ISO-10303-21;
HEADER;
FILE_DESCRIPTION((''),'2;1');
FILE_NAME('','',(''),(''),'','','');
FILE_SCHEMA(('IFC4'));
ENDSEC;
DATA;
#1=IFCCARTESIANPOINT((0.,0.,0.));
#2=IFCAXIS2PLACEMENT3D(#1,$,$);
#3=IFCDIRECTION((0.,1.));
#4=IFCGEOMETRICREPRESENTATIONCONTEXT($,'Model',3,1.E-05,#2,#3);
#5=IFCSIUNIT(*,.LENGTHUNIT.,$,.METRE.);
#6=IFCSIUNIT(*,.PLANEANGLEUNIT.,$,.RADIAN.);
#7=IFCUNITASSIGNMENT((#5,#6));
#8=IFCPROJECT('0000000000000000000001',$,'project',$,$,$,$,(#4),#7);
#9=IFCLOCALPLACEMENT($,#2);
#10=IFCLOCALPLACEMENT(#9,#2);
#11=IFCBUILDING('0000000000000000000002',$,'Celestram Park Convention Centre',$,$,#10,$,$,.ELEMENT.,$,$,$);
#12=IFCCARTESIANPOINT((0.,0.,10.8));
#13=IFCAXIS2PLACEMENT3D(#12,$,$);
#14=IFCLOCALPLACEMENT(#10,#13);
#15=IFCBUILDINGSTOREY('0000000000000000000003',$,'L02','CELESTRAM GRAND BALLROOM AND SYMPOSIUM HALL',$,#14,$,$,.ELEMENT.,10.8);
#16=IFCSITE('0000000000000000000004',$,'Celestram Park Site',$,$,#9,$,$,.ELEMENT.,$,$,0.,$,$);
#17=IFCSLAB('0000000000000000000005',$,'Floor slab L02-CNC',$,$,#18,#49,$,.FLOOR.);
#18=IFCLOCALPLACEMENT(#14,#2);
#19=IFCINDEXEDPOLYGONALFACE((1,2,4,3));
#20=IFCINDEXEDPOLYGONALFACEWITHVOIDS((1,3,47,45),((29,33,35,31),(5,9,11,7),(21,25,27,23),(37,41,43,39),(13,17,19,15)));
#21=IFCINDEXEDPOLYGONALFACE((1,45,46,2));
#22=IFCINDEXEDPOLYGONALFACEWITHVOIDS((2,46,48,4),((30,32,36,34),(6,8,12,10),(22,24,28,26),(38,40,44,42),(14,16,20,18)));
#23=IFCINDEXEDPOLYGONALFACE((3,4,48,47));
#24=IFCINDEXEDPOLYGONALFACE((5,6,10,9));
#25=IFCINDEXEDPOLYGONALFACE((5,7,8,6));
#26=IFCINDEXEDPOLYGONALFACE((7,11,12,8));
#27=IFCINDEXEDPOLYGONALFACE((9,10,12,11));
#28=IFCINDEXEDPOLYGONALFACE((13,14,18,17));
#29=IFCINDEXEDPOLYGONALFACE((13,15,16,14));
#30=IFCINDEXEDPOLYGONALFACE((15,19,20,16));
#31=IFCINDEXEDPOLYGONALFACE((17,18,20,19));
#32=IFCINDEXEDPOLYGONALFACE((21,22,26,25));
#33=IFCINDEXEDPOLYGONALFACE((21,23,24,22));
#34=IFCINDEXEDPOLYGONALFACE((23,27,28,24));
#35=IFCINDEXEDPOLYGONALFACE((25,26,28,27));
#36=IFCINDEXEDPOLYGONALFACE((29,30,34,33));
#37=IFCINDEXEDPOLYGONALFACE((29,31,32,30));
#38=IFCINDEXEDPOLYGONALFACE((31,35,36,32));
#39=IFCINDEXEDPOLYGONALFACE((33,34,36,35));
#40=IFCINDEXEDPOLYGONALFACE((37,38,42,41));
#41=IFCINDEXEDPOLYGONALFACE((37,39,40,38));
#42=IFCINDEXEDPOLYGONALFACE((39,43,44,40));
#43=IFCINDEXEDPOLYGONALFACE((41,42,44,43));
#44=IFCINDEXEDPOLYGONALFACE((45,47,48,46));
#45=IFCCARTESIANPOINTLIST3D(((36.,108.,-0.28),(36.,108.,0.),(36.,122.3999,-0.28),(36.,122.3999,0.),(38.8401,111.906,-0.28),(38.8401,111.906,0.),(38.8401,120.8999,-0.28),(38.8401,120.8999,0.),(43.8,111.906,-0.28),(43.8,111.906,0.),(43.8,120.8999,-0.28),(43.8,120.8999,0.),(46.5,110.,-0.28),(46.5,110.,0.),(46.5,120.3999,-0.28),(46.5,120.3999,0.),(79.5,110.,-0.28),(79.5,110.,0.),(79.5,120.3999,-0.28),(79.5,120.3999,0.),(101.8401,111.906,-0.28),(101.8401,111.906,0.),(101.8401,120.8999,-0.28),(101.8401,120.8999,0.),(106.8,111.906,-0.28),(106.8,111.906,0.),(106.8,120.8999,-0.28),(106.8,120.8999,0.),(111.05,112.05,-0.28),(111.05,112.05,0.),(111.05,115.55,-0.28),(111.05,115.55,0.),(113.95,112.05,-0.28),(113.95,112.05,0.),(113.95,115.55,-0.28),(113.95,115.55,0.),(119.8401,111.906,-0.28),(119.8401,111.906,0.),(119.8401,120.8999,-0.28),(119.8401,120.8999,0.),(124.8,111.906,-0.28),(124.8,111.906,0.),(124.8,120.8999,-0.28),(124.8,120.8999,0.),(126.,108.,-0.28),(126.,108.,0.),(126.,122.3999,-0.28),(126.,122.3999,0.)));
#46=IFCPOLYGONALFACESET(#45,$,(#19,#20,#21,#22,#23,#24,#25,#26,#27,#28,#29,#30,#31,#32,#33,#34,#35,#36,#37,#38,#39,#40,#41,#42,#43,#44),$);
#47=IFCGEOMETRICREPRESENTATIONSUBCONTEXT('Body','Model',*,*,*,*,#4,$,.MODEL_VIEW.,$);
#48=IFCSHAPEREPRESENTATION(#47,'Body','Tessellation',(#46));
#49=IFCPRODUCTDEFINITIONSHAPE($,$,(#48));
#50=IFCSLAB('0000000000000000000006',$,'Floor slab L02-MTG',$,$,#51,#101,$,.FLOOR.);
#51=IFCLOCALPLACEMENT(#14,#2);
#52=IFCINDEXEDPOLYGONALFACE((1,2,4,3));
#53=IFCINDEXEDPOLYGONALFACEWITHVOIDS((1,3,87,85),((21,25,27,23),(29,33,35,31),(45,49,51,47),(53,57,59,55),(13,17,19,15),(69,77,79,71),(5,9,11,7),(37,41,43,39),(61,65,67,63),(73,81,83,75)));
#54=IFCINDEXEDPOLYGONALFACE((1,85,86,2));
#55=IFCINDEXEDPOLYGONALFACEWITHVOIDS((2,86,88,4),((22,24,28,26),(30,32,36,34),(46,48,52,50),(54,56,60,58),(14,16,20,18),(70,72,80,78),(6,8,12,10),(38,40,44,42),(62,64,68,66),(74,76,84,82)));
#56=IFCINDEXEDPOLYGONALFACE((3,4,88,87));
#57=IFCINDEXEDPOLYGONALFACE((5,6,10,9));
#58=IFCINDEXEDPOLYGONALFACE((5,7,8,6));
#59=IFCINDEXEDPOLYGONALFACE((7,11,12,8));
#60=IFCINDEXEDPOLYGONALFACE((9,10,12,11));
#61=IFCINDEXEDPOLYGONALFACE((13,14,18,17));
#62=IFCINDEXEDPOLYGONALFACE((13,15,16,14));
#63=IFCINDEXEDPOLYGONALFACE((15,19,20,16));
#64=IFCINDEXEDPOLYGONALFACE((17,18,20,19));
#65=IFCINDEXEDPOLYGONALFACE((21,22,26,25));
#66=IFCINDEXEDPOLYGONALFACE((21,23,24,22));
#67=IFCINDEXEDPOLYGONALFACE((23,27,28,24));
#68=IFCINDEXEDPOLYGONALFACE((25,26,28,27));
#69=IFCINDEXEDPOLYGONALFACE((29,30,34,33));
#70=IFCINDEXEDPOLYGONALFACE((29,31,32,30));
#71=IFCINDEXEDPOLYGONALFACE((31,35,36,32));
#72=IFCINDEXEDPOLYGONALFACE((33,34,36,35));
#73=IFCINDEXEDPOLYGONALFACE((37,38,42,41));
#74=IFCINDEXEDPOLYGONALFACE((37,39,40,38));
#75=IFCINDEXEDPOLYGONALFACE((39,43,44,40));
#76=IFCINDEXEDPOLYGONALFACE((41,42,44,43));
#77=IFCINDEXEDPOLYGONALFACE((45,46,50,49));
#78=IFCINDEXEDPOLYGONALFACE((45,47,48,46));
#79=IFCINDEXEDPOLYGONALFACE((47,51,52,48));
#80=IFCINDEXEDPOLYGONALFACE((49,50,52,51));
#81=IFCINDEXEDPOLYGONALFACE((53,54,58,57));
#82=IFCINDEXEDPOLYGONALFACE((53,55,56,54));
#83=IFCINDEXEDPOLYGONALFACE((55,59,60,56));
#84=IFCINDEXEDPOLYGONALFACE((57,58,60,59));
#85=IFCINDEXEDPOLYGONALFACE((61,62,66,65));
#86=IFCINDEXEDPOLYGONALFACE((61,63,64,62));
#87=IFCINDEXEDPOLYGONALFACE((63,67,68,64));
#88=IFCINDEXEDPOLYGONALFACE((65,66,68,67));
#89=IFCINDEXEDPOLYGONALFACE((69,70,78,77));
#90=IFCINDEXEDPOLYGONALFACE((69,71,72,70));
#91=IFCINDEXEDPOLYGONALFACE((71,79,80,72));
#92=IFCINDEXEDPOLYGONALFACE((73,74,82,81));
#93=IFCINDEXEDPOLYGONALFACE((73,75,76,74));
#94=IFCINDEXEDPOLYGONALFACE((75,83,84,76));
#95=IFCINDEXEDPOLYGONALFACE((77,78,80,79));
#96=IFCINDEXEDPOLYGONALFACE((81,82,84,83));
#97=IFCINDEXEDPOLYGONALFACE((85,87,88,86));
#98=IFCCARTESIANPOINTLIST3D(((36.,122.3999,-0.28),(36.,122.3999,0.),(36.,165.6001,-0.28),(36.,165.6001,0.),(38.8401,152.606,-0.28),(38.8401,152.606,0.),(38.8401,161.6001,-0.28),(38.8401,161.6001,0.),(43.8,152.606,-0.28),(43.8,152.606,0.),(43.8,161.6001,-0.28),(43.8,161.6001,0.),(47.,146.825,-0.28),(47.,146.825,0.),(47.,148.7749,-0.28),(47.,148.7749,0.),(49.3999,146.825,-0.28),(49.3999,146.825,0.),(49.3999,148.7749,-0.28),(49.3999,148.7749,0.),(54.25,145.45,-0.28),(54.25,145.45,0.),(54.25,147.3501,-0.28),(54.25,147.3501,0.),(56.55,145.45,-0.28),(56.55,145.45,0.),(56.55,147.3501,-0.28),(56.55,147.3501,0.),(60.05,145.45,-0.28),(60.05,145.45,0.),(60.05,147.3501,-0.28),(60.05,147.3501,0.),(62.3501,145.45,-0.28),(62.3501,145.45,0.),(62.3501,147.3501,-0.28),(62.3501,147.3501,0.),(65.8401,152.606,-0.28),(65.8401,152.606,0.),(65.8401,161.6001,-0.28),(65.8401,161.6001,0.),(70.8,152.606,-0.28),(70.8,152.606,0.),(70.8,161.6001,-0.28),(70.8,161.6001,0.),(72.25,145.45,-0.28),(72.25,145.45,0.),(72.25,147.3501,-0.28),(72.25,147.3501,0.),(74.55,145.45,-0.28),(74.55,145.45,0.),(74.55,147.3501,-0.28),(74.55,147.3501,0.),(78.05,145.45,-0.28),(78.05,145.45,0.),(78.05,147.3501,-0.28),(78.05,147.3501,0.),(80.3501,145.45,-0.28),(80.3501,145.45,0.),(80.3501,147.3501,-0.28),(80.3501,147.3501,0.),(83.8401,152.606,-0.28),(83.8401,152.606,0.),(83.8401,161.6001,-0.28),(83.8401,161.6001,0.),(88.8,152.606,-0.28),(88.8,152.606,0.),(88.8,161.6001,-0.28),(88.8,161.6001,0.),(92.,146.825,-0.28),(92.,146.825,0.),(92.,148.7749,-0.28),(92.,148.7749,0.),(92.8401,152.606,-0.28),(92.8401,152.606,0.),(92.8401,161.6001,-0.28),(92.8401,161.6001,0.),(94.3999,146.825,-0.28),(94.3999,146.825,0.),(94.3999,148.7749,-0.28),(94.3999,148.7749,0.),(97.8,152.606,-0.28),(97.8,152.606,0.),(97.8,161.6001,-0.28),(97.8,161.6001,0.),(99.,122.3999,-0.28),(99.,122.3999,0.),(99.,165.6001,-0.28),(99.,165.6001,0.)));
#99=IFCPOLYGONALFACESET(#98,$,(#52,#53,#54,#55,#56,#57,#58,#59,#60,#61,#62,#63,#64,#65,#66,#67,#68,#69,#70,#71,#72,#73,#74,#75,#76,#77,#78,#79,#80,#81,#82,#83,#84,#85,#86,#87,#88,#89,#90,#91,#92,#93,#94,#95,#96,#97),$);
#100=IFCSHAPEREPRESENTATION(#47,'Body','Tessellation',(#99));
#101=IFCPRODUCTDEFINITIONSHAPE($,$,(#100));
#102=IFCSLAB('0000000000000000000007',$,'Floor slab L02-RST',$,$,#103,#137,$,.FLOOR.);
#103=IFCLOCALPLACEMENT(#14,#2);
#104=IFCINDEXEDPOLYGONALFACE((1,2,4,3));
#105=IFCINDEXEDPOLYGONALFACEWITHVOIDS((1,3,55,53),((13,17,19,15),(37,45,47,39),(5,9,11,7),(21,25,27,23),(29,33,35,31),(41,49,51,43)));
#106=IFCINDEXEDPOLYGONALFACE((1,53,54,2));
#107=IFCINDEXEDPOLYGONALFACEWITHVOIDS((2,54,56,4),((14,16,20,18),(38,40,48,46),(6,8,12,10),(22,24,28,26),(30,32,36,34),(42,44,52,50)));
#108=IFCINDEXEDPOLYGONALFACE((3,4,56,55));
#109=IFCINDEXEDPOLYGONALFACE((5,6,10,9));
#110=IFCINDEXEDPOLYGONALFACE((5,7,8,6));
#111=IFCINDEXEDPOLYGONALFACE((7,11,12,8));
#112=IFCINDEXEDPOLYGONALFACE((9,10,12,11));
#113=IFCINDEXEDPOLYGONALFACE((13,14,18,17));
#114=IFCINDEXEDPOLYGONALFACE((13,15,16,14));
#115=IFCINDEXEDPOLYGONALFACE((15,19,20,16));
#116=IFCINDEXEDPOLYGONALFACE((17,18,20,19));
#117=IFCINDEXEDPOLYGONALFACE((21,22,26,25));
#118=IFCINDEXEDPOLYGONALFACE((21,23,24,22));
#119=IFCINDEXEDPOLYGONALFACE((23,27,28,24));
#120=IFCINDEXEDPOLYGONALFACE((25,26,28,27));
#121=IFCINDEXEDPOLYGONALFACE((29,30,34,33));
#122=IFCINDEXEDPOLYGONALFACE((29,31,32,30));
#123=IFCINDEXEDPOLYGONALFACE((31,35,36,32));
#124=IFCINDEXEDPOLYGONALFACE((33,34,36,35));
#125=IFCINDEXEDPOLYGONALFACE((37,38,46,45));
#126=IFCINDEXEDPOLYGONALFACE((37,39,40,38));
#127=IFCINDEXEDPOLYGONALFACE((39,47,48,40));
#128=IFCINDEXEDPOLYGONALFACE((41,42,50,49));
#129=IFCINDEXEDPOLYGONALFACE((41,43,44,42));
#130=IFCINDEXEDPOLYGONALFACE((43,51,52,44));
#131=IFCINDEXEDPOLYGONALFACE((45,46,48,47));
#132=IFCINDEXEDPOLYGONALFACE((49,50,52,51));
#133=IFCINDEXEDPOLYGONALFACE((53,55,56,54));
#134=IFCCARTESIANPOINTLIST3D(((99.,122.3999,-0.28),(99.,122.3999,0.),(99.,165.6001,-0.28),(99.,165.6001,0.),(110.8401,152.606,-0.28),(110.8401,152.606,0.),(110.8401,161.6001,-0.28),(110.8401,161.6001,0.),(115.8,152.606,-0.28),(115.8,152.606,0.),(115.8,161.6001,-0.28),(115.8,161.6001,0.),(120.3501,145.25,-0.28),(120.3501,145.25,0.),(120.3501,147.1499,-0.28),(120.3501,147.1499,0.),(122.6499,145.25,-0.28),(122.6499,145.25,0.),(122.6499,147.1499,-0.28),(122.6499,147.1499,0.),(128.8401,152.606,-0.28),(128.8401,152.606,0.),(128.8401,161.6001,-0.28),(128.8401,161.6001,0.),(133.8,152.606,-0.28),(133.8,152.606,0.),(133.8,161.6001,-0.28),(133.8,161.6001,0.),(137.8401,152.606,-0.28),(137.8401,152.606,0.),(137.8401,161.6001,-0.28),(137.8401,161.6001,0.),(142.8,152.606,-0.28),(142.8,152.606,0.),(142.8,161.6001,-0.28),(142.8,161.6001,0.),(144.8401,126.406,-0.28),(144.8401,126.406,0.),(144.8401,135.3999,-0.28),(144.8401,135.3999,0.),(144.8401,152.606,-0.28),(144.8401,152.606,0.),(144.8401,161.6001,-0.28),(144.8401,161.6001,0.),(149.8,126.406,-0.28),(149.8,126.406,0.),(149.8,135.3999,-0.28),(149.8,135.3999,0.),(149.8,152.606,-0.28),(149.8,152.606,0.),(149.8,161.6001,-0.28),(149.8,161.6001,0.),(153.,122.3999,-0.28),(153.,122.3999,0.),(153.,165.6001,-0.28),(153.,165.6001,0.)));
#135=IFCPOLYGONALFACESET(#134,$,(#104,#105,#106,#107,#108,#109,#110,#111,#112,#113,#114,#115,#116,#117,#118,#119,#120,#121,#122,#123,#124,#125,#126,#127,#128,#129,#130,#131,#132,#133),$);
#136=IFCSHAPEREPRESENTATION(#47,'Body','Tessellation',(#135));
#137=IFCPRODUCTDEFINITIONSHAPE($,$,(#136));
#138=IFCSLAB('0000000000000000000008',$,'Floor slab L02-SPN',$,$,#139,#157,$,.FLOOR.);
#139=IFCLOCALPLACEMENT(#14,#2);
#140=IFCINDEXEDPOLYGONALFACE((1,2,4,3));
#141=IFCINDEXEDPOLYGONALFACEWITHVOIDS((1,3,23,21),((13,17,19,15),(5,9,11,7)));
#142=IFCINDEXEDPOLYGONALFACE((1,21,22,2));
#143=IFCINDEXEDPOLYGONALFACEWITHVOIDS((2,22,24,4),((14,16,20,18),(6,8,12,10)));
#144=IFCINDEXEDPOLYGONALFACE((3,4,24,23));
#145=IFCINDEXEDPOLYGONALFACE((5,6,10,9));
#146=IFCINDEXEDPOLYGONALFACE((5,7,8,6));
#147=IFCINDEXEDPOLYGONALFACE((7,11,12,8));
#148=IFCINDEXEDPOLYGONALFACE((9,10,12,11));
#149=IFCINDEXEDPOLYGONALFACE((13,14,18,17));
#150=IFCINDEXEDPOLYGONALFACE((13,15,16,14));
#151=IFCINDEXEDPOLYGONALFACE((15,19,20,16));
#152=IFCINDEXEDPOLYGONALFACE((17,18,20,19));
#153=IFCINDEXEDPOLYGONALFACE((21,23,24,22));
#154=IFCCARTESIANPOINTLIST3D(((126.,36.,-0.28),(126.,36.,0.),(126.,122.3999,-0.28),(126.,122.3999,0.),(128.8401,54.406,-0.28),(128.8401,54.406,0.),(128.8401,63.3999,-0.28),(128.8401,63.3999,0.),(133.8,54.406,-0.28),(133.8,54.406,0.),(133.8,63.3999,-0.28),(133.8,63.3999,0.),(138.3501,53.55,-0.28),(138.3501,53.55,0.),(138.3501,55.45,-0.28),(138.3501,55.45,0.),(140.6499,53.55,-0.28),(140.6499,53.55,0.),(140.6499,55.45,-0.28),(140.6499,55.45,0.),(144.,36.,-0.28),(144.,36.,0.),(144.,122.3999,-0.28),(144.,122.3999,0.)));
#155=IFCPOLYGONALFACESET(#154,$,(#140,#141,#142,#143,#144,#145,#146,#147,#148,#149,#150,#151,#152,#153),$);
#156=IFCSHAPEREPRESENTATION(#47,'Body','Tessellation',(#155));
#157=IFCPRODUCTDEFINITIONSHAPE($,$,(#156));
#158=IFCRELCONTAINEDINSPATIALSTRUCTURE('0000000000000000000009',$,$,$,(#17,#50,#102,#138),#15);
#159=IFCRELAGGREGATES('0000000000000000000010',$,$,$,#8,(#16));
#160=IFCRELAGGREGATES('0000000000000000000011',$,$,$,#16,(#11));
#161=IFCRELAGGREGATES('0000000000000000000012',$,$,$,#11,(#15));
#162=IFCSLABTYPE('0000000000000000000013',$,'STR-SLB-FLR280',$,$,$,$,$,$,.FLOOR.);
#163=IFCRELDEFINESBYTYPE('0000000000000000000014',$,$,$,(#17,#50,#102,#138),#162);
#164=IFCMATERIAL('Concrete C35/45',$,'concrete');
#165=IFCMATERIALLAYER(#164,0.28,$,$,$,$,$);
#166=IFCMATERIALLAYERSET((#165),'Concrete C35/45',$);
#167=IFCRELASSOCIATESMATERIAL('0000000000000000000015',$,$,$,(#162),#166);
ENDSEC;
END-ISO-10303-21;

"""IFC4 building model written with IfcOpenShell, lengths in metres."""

from ifc_helpers import new_model, si_unit, direction, frame, origin, place, context, subcontext, project, spatial, polyline, outline, extrude, material, layer, layer_set, type_object, element, save


model = new_model("IFC4")

# Units and contexts
model_context = context("Model", 3, precision=1e-05, world=origin(), true_north=direction((0.0, 1.0)))
body_context = subcontext(model_context, "Body", "Model", "MODEL_VIEW")
ifc_project = project(units=[si_unit("LENGTHUNIT", "METRE"), si_unit("PLANEANGLEUNIT", "RADIAN")], contexts=[model_context])

# Site, building, storey
site_placement = place(None, origin())
site = spatial("IfcSite", under=ifc_project, at=site_placement, Name="Celestram Park Site", CompositionType="ELEMENT", RefElevation=0.0)
building_placement = place(site_placement, origin())
building = spatial("IfcBuilding", under=site, at=building_placement, Name="Celestram Park Convention Centre", CompositionType="ELEMENT")
storey_placement = place(building_placement, frame((0.0, 0.0, 10.8)))
storey = spatial("IfcBuildingStorey", under=building, at=storey_placement, Name="L02", Description="CELESTRAM GRAND BALLROOM AND SYMPOSIUM HALL", CompositionType="ELEMENT", Elevation=10.8)

# Slabs
ifc_material_1 = material(Name="Concrete C35/45", Category="concrete")
ifc_layer_1 = layer(ifc_material_1, 0.28)
ifc_layer_set_1 = layer_set([ifc_layer_1], Name="Concrete C35/45")
slab_type_1 = type_object("IfcSlabType", Name="STR-SLB-FLR280", PredefinedType="FLOOR", material=ifc_layer_set_1)
slab_1_placement = place(storey_placement, frame((0.0, 0.0, -0.28)))
element("IfcSlab", 1, at=slab_1_placement, inside=storey, type_object=slab_type_1, Name="Floor slab L02-CNC", PredefinedType="FLOOR", context=body_context, shape_type="SweptSolid", body=[
    extrude(outline(polyline([(36.0, 108.0), (36.0, 122.3999), (126.0, 122.3999), (126.0, 108.0), (36.0, 108.0)]), holes=[polyline([(113.95, 112.05), (113.95, 115.55), (111.05, 115.55), (111.05, 112.05), (113.95, 112.05)]), polyline([(79.5, 110.0), (79.5, 120.3999), (46.5, 120.3999), (46.5, 110.0), (79.5, 110.0)]), polyline([(43.8, 111.906), (43.8, 120.8999), (38.8401, 120.8999), (38.8401, 111.906), (43.8, 111.906)]), polyline([(106.8, 111.906), (106.8, 120.8999), (101.8401, 120.8999), (101.8401, 111.906), (106.8, 111.906)]), polyline([(124.8, 111.906), (124.8, 120.8999), (119.8401, 120.8999), (119.8401, 111.906), (124.8, 111.906)])]), origin(), (0.0, 0.0, 1.0), 0.28),
])
slab_2_placement = place(storey_placement, frame((0.0, 0.0, -0.28)))
element("IfcSlab", 2, at=slab_2_placement, inside=storey, type_object=slab_type_1, Name="Floor slab L02-MTG", PredefinedType="FLOOR", context=body_context, shape_type="SweptSolid", body=[
    extrude(outline(polyline([(36.0, 122.3999), (36.0, 165.6001), (99.0, 165.6001), (99.0, 122.3999), (36.0, 122.3999)]), holes=[polyline([(54.25, 145.45), (56.55, 145.45), (56.55, 147.3501), (54.25, 147.3501), (54.25, 145.45)]), polyline([(60.05, 145.45), (62.3501, 145.45), (62.3501, 147.3501), (60.05, 147.3501), (60.05, 145.45)]), polyline([(72.25, 145.45), (74.55, 145.45), (74.55, 147.3501), (72.25, 147.3501), (72.25, 145.45)]), polyline([(78.05, 145.45), (80.3501, 145.45), (80.3501, 147.3501), (78.05, 147.3501), (78.05, 145.45)]), polyline([(47.0, 146.825), (49.3999, 146.825), (49.3999, 148.7749), (47.0, 148.7749), (47.0, 146.825)]), polyline([(92.0, 146.825), (94.3999, 146.825), (94.3999, 148.7749), (92.0, 148.7749), (92.0, 146.825)]), polyline([(43.8, 152.606), (43.8, 161.6001), (38.8401, 161.6001), (38.8401, 152.606), (43.8, 152.606)]), polyline([(70.8, 152.606), (70.8, 161.6001), (65.8401, 161.6001), (65.8401, 152.606), (70.8, 152.606)]), polyline([(88.8, 152.606), (88.8, 161.6001), (83.8401, 161.6001), (83.8401, 152.606), (88.8, 152.606)]), polyline([(97.8, 152.606), (97.8, 161.6001), (92.8401, 161.6001), (92.8401, 152.606), (97.8, 152.606)])]), origin(), (0.0, 0.0, 1.0), 0.28),
])
slab_3_placement = place(storey_placement, frame((0.0, 0.0, -0.28)))
element("IfcSlab", 3, at=slab_3_placement, inside=storey, type_object=slab_type_1, Name="Floor slab L02-RST", PredefinedType="FLOOR", context=body_context, shape_type="SweptSolid", body=[
    extrude(outline(polyline([(99.0, 122.3999), (99.0, 165.6001), (153.0, 165.6001), (153.0, 122.3999), (99.0, 122.3999)]), holes=[polyline([(120.3501, 145.25), (122.6499, 145.25), (122.6499, 147.1499), (120.3501, 147.1499), (120.3501, 145.25)]), polyline([(115.8, 152.606), (115.8, 161.6001), (110.8401, 161.6001), (110.8401, 152.606), (115.8, 152.606)]), polyline([(149.8, 126.406), (149.8, 135.3999), (144.8401, 135.3999), (144.8401, 126.406), (149.8, 126.406)]), polyline([(133.8, 152.606), (133.8, 161.6001), (128.8401, 161.6001), (128.8401, 152.606), (133.8, 152.606)]), polyline([(142.8, 152.606), (142.8, 161.6001), (137.8401, 161.6001), (137.8401, 152.606), (142.8, 152.606)]), polyline([(149.8, 152.606), (149.8, 161.6001), (144.8401, 161.6001), (144.8401, 152.606), (149.8, 152.606)])]), origin(), (0.0, 0.0, 1.0), 0.28),
])
slab_4_placement = place(storey_placement, frame((0.0, 0.0, -0.28)))
element("IfcSlab", 4, at=slab_4_placement, inside=storey, type_object=slab_type_1, Name="Floor slab L02-SPN", PredefinedType="FLOOR", context=body_context, shape_type="SweptSolid", body=[
    extrude(outline(polyline([(126.0, 36.0), (126.0, 122.3999), (144.0, 122.3999), (144.0, 36.0), (126.0, 36.0)]), holes=[polyline([(138.3501, 53.55), (140.6499, 53.55), (140.6499, 55.45), (138.3501, 55.45), (138.3501, 53.55)]), polyline([(133.8, 54.406), (133.8, 63.3999), (128.8401, 63.3999), (128.8401, 54.406), (133.8, 54.406)])]), origin(), (0.0, 0.0, 1.0), 0.28),
])

save(model, "model.ifc")
